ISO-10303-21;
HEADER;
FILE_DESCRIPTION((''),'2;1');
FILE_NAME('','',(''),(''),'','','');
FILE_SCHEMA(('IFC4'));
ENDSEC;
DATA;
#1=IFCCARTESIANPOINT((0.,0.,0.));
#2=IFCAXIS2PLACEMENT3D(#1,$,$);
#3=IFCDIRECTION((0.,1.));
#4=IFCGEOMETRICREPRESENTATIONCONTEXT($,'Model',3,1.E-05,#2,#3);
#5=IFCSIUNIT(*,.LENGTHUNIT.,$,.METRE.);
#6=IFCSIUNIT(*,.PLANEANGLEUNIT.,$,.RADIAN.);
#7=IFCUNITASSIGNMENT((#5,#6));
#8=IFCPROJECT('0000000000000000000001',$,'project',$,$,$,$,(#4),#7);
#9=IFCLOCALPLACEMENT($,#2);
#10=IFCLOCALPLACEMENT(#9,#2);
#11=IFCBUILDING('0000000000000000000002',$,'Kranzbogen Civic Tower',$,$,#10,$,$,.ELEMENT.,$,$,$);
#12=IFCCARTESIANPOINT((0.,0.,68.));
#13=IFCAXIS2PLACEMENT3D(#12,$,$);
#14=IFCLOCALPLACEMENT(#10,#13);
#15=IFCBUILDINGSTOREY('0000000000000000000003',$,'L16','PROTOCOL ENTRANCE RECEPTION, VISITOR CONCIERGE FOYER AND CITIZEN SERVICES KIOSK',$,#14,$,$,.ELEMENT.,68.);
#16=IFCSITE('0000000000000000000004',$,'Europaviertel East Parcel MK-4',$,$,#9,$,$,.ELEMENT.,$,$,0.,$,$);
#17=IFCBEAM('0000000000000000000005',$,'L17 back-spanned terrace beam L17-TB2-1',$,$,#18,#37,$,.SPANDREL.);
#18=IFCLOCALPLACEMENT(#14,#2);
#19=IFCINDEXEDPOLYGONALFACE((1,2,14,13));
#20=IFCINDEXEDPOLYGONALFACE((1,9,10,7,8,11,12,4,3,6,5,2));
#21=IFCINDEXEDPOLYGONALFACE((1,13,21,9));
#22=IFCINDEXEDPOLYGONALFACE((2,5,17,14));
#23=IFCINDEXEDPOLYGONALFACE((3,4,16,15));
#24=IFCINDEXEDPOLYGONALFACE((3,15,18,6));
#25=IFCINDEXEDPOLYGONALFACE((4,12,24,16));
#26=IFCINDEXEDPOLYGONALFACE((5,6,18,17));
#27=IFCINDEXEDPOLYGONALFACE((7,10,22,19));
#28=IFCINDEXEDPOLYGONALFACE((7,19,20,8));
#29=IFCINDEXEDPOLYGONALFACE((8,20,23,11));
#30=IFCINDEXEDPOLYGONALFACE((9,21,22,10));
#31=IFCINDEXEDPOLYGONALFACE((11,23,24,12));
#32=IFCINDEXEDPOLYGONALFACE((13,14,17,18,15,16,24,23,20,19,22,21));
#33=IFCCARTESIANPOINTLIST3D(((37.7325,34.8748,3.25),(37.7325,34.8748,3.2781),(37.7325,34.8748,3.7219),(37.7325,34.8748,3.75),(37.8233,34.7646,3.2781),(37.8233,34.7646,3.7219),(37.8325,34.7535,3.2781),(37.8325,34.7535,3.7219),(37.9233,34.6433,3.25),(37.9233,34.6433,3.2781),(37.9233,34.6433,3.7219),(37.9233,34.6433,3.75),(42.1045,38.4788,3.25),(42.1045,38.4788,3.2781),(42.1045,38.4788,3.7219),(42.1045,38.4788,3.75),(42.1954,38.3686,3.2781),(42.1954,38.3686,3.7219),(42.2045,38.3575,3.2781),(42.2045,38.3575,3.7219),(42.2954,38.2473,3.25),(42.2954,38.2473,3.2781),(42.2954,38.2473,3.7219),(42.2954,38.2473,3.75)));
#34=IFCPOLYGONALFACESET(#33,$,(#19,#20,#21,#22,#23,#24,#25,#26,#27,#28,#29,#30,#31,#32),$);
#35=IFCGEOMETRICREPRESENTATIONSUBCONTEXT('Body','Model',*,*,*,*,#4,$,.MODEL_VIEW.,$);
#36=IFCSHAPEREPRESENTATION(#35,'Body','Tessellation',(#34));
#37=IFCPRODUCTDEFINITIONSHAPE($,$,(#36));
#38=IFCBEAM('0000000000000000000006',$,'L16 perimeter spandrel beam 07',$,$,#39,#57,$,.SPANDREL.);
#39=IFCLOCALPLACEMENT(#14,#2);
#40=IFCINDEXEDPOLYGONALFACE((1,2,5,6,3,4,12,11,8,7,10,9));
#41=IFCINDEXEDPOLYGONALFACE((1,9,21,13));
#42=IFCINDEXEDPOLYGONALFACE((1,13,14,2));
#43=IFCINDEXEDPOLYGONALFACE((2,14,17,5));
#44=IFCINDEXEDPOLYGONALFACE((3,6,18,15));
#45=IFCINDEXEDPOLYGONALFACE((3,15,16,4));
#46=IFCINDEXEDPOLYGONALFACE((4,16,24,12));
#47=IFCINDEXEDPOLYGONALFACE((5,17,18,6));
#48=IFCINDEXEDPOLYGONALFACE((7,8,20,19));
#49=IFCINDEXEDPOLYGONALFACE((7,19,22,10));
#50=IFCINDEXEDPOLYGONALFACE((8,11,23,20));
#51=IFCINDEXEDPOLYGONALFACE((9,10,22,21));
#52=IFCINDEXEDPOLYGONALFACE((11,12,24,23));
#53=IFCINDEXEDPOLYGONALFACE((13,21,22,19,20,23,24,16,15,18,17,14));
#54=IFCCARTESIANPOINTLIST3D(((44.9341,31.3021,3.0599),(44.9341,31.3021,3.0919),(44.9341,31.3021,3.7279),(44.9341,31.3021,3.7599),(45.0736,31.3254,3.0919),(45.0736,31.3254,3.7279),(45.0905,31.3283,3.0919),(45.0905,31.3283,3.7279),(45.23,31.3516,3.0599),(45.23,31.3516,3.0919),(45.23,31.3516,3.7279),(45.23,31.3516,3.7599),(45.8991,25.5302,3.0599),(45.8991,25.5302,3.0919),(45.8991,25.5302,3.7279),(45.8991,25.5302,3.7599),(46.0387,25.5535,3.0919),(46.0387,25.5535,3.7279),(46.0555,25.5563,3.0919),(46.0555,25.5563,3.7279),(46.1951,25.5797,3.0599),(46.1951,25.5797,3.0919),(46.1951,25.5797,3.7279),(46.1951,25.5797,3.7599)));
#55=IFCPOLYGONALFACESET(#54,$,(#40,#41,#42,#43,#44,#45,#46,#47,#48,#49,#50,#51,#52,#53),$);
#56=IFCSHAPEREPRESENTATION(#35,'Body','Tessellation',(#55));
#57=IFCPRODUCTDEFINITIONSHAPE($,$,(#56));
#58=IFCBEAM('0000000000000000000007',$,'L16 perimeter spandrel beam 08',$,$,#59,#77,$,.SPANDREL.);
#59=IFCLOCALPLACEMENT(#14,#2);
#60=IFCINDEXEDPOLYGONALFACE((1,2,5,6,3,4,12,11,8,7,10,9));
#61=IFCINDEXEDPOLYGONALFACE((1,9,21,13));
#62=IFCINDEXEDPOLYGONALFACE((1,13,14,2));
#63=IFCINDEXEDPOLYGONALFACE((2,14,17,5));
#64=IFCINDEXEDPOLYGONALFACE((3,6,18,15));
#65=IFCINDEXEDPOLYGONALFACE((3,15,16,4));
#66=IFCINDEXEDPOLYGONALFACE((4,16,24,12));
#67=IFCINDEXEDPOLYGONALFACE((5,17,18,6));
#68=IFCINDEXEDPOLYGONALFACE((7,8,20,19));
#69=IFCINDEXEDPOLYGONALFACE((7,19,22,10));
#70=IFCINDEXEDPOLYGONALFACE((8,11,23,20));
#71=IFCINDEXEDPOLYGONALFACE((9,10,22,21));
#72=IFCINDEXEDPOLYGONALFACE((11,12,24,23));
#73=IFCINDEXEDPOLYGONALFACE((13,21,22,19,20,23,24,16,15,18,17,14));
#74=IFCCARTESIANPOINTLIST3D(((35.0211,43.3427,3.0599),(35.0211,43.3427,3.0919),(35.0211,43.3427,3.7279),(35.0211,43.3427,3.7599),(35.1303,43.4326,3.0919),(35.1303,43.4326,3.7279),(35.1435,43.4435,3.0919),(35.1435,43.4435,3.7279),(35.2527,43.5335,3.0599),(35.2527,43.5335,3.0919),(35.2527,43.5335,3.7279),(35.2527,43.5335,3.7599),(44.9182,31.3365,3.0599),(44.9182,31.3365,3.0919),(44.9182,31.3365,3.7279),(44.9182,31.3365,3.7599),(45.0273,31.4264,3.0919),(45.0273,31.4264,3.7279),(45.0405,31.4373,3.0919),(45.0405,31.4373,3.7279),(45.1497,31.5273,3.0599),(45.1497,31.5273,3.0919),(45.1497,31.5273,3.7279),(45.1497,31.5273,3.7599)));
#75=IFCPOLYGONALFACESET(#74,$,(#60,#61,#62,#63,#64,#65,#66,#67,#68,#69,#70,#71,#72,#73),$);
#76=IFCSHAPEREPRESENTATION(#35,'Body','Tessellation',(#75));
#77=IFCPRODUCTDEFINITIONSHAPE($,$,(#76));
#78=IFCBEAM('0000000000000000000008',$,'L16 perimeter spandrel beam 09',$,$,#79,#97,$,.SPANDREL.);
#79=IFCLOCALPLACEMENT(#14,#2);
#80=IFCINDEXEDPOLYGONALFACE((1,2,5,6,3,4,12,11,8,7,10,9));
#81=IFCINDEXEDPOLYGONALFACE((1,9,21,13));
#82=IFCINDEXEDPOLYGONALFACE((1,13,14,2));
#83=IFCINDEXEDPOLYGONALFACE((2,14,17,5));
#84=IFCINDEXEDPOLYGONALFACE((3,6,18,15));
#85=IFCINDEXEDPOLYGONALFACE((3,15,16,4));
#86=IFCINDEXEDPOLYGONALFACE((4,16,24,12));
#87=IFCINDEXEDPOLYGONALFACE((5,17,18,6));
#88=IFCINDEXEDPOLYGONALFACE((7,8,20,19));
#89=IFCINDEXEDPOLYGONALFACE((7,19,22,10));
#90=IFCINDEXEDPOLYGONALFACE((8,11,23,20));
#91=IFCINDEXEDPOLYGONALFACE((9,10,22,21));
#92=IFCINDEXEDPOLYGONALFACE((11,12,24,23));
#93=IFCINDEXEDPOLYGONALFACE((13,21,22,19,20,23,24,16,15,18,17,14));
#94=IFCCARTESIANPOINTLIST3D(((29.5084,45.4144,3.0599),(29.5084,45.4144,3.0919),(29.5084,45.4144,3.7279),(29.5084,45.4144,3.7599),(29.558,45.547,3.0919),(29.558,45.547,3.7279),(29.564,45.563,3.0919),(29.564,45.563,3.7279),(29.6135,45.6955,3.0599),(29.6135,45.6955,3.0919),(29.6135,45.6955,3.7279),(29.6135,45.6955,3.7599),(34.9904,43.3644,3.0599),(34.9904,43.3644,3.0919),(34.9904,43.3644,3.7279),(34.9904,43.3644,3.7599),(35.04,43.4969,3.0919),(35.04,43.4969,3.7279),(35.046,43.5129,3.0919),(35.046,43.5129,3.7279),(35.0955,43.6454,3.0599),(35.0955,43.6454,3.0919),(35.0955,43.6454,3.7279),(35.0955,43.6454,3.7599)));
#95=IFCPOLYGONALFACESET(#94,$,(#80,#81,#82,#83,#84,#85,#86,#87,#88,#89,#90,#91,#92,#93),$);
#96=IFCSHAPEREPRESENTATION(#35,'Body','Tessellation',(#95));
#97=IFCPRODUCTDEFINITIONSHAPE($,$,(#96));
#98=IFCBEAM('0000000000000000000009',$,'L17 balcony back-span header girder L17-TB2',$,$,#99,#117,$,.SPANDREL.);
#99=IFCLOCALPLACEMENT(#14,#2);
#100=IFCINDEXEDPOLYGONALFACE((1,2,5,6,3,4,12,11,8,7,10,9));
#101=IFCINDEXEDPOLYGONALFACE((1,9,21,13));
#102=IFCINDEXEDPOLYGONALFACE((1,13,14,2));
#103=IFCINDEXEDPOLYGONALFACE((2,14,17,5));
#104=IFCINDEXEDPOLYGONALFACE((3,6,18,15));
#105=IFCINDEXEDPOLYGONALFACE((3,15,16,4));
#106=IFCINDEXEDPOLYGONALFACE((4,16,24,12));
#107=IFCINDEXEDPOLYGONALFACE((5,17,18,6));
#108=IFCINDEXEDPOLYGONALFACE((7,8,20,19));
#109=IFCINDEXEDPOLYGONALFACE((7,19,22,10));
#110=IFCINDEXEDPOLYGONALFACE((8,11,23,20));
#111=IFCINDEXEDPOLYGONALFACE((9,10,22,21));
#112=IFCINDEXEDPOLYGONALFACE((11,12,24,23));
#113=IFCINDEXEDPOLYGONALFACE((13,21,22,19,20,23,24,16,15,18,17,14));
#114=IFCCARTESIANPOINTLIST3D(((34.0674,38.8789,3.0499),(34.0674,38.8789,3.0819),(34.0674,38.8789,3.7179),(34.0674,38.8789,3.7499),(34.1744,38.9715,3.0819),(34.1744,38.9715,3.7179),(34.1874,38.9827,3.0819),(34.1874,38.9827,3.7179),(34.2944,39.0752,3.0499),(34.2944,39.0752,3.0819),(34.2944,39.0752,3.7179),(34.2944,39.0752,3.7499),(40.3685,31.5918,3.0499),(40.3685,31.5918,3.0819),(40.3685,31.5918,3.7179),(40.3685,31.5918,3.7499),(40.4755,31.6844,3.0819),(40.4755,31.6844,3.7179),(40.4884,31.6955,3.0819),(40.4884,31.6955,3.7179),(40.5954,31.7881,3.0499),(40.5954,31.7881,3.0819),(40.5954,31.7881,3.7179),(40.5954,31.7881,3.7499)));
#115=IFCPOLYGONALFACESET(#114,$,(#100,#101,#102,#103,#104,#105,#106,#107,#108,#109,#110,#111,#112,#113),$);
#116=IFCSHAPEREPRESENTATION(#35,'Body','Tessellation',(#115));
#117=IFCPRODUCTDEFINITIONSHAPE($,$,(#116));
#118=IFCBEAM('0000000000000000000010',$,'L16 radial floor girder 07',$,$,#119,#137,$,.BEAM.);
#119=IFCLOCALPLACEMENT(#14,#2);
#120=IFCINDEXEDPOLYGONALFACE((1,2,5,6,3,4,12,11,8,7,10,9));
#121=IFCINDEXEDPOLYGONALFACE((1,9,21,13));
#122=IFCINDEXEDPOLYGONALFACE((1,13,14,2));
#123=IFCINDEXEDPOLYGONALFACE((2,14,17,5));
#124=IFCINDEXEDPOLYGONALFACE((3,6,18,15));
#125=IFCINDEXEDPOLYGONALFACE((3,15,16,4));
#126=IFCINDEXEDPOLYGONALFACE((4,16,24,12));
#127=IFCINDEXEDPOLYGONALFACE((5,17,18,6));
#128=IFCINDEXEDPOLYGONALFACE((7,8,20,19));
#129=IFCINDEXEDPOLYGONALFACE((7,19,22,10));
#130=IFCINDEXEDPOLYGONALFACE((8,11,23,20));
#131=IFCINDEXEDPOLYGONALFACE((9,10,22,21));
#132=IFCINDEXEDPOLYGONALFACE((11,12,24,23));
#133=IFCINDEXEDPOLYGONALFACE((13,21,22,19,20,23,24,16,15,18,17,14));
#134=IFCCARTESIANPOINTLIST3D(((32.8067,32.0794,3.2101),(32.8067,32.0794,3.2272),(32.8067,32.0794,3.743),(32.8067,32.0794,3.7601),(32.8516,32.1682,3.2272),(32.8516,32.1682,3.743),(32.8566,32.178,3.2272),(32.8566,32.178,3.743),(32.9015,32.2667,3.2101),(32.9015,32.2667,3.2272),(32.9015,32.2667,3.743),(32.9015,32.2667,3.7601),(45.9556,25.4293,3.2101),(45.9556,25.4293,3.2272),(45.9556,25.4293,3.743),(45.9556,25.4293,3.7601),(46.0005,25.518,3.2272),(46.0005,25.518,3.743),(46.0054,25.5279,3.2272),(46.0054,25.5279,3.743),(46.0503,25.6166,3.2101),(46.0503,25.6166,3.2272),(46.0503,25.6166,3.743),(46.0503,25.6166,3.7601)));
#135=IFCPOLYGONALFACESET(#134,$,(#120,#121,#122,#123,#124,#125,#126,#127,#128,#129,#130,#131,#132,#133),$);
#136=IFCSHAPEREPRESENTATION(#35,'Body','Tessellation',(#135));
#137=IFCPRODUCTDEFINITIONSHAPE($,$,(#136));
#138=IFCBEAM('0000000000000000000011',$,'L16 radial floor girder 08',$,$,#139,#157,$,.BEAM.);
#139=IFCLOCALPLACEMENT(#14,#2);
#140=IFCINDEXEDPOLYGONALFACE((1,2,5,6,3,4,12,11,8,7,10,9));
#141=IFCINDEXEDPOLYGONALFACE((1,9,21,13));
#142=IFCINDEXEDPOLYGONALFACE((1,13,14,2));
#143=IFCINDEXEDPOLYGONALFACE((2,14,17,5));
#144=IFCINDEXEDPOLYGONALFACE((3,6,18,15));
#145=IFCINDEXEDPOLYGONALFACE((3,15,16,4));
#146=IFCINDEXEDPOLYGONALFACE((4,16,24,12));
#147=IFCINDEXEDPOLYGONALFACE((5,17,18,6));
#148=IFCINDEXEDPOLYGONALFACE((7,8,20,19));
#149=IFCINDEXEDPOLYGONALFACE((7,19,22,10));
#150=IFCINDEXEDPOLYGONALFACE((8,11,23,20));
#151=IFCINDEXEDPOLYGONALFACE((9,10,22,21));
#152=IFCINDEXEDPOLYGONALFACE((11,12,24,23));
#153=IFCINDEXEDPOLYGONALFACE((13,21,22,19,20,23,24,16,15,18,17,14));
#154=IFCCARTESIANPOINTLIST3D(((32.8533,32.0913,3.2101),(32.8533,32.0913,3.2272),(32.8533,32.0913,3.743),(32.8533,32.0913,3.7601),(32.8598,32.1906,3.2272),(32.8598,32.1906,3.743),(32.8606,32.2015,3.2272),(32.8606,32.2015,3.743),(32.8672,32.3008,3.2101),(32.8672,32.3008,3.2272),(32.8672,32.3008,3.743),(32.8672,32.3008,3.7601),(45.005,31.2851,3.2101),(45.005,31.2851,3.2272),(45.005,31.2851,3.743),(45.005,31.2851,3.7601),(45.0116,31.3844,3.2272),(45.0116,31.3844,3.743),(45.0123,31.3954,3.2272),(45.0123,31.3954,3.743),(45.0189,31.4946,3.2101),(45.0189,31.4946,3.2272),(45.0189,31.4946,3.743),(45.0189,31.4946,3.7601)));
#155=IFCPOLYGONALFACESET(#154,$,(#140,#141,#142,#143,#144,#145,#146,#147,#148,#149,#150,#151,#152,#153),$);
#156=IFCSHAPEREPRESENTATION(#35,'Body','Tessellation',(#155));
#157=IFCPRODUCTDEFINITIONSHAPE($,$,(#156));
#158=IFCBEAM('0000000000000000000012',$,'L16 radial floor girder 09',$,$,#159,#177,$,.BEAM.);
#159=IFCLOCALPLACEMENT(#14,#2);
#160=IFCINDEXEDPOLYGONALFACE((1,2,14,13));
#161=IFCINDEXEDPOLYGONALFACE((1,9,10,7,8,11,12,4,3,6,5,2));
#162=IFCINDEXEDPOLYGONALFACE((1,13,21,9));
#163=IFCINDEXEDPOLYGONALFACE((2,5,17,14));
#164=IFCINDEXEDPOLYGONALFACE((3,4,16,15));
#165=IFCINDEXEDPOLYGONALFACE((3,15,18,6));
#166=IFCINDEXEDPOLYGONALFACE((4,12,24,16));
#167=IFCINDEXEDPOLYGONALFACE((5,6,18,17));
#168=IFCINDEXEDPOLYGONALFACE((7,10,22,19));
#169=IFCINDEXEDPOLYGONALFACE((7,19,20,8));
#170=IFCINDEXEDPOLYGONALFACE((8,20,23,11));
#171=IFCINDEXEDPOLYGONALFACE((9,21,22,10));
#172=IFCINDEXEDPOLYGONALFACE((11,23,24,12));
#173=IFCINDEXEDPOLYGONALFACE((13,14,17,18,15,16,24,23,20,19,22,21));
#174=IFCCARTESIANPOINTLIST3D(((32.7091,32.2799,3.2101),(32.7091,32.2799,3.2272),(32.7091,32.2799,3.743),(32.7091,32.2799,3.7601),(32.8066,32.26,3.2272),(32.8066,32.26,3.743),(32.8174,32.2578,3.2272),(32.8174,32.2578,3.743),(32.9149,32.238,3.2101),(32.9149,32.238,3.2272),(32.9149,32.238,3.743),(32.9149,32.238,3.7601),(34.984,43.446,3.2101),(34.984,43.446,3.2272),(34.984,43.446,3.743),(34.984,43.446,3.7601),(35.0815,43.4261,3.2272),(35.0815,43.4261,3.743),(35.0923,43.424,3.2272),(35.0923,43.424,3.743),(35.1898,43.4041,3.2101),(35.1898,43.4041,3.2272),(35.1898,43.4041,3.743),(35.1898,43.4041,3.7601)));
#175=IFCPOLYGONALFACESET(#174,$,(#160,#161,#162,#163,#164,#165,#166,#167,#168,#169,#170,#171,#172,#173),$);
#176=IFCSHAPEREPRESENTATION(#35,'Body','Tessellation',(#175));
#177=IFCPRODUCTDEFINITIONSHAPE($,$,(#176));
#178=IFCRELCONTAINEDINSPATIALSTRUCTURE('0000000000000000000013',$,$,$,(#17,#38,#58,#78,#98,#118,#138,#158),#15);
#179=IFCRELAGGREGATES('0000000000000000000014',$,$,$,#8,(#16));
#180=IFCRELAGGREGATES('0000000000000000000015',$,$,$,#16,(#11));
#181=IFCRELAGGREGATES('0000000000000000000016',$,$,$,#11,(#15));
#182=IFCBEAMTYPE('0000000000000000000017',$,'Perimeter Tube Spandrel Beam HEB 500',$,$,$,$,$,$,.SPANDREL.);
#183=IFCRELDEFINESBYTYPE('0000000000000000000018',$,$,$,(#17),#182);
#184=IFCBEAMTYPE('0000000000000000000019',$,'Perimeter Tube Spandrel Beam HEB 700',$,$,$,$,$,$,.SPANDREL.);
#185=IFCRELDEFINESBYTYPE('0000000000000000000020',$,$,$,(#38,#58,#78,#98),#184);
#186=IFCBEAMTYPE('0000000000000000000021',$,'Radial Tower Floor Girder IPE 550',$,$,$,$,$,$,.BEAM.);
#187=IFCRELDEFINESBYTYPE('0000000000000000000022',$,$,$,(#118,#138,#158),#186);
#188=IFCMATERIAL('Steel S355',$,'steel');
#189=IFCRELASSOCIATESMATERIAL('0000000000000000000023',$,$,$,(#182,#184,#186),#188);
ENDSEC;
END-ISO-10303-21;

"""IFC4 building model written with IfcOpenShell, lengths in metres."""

from ifc_helpers import new_model, si_unit, direction, frame, origin, origin_2d, place, context, subcontext, project, spatial, i_section, extrude, material, material_profile, profile_set, type_object, element, save


model = new_model("IFC4")

# Units and contexts
model_context = context("Model", 3, precision=1e-05, world=origin(), true_north=direction((0.0, 1.0)))
body_context = subcontext(model_context, "Body", "Model", "MODEL_VIEW")
ifc_project = project(units=[si_unit("LENGTHUNIT", "METRE"), si_unit("PLANEANGLEUNIT", "RADIAN")], contexts=[model_context])

# Site, building, storey
site_placement = place(None, origin())
site = spatial("IfcSite", under=ifc_project, at=site_placement, Name="Europaviertel East Parcel MK-4", CompositionType="ELEMENT", RefElevation=0.0)
building_placement = place(site_placement, origin())
building = spatial("IfcBuilding", under=site, at=building_placement, Name="Kranzbogen Civic Tower", CompositionType="ELEMENT")
storey_placement = place(building_placement, frame((0.0, 0.0, 68.0)))
storey = spatial("IfcBuildingStorey", under=building, at=storey_placement, Name="L16", Description="PROTOCOL ENTRANCE RECEPTION, VISITOR CONCIERGE FOYER AND CITIZEN SERVICES KIOSK", CompositionType="ELEMENT", Elevation=68.0)

# Shared definitions
ifc_material_1 = material(Name="Steel S355", Category="steel")

# Beams
ifc_material_profile_1 = material_profile(ifc_material_1, i_section(OverallWidth=0.3, OverallDepth=0.5, WebThickness=0.0144, FlangeThickness=0.0281, at=origin_2d()), Name="HEB 500")
ifc_profile_set_1 = profile_set([ifc_material_profile_1], Name="Steel S355")
beam_type_1 = type_object("IfcBeamType", Name="Perimeter Tube Spandrel Beam HEB 500", PredefinedType="SPANDREL", material=ifc_profile_set_1)
beam_1_placement = place(storey_placement, frame((37.8279, 34.759, 3.5), z_axis=(0.771629, 0.636073, 0.0), x_axis=(-0.636073, 0.771629, 0.0)))
element("IfcBeam", 1, at=beam_1_placement, inside=storey, type_object=beam_type_1, Name="L17 back-spanned terrace beam L17-TB2-1", PredefinedType="SPANDREL", context=body_context, shape_type="SweptSolid", body=[
    extrude(i_section(OverallWidth=0.3, OverallDepth=0.5, WebThickness=0.0144, FlangeThickness=0.0281, at=origin_2d()), origin(), (0.0, 0.0, 1.0), 5.666),
])
ifc_material_profile_2 = material_profile(ifc_material_1, i_section(OverallWidth=0.3, OverallDepth=0.7, WebThickness=0.0171, FlangeThickness=0.032, at=origin_2d()), Name="HEB 700")
ifc_profile_set_2 = profile_set([ifc_material_profile_2], Name="Steel S355")
beam_type_2 = type_object("IfcBeamType", Name="Perimeter Tube Spandrel Beam HEB 700", PredefinedType="SPANDREL", material=ifc_profile_set_2)
beam_2_placement = place(storey_placement, frame((46.0471, 25.5549, 3.4099), z_axis=(-0.164913, 0.986308, 0.0), x_axis=(-0.986308, -0.164913, 0.0)))
element("IfcBeam", 2, at=beam_2_placement, inside=storey, type_object=beam_type_2, Name="L16 perimeter spandrel beam 07", PredefinedType="SPANDREL", context=body_context, shape_type="SweptSolid", body=[
    extrude(i_section(OverallWidth=0.3, OverallDepth=0.7, WebThickness=0.0171, FlangeThickness=0.032, at=origin_2d()), origin(), (0.0, 0.0, 1.0), 5.8521),
])
beam_3_placement = place(storey_placement, frame((45.0339, 31.4319, 3.4099), z_axis=(-0.636075, 0.771628, 0.0), x_axis=(-0.771628, -0.636075, 0.0)))
element("IfcBeam", 3, at=beam_3_placement, inside=storey, type_object=beam_type_2, Name="L16 perimeter spandrel beam 08", PredefinedType="SPANDREL", context=body_context, shape_type="SweptSolid", body=[
    extrude(i_section(OverallWidth=0.3, OverallDepth=0.7, WebThickness=0.0171, FlangeThickness=0.032, at=origin_2d()), origin(), (0.0, 0.0, 1.0), 15.5596),
])
beam_4_placement = place(storey_placement, frame((35.043, 43.5049, 3.4099), z_axis=(-0.936648, 0.350273, 0.0), x_axis=(-0.350273, -0.936648, 0.0)))
element("IfcBeam", 4, at=beam_4_placement, inside=storey, type_object=beam_type_2, Name="L16 perimeter spandrel beam 09", PredefinedType="SPANDREL", context=body_context, shape_type="SweptSolid", body=[
    extrude(i_section(OverallWidth=0.3, OverallDepth=0.7, WebThickness=0.0171, FlangeThickness=0.032, at=origin_2d()), origin(), (0.0, 0.0, 1.0), 5.8528),
])
beam_5_placement = place(storey_placement, frame((40.4819, 31.6899, 3.3999), z_axis=(-0.654072, 0.756432, 0.0), x_axis=(-0.756432, -0.654072, 0.0)))
element("IfcBeam", 5, at=beam_5_placement, inside=storey, type_object=beam_type_2, Name="L17 balcony back-span header girder L17-TB2", PredefinedType="SPANDREL", context=body_context, shape_type="SweptSolid", body=[
    extrude(i_section(OverallWidth=0.3, OverallDepth=0.7, WebThickness=0.0171, FlangeThickness=0.032, at=origin_2d()), origin(), (0.0, 0.0, 1.0), 9.6335),
])
ifc_material_profile_3 = material_profile(ifc_material_1, i_section(OverallWidth=0.21, OverallDepth=0.55, WebThickness=0.011, FlangeThickness=0.0171, at=origin_2d()), Name="IPE 550")
ifc_profile_set_3 = profile_set([ifc_material_profile_3], Name="Steel S355")
beam_type_3 = type_object("IfcBeamType", Name="Radial Tower Floor Girder IPE 550", PredefinedType="BEAM", material=ifc_profile_set_3)
beam_6_placement = place(storey_placement, frame((46.0029, 25.5229, 3.4851), z_axis=(-0.892363, 0.451318, 0.0), x_axis=(-0.451318, -0.892363, 0.0)))
element("IfcBeam", 6, at=beam_6_placement, inside=storey, type_object=beam_type_3, Name="L16 radial floor girder 07", PredefinedType="BEAM", context=body_context, shape_type="SweptSolid", body=[
    extrude(i_section(OverallWidth=0.21, OverallDepth=0.55, WebThickness=0.011, FlangeThickness=0.0171, at=origin_2d()), origin(), (0.0, 0.0, 1.0), 14.7349),
])
beam_7_placement = place(storey_placement, frame((45.012, 31.3899, 3.4851), z_axis=(-0.997807, 0.066194, 0.0), x_axis=(-0.066194, -0.997807, 0.0)))
element("IfcBeam", 7, at=beam_7_placement, inside=storey, type_object=beam_type_3, Name="L16 radial floor girder 08", PredefinedType="BEAM", context=body_context, shape_type="SweptSolid", body=[
    extrude(i_section(OverallWidth=0.21, OverallDepth=0.55, WebThickness=0.011, FlangeThickness=0.0171, at=origin_2d()), origin(), (0.0, 0.0, 1.0), 12.1785),
])
beam_8_placement = place(storey_placement, frame((35.0869, 43.425, 3.4851), z_axis=(-0.199633, -0.979871, 0.0), x_axis=(0.979871, -0.199633, 0.0)))
element("IfcBeam", 8, at=beam_8_placement, inside=storey, type_object=beam_type_3, Name="L16 radial floor girder 09", PredefinedType="BEAM", context=body_context, shape_type="SweptSolid", body=[
    extrude(i_section(OverallWidth=0.21, OverallDepth=0.55, WebThickness=0.011, FlangeThickness=0.0171, at=origin_2d()), origin(), (0.0, 0.0, 1.0), 11.3955),
])

save(model, "model.ifc")
